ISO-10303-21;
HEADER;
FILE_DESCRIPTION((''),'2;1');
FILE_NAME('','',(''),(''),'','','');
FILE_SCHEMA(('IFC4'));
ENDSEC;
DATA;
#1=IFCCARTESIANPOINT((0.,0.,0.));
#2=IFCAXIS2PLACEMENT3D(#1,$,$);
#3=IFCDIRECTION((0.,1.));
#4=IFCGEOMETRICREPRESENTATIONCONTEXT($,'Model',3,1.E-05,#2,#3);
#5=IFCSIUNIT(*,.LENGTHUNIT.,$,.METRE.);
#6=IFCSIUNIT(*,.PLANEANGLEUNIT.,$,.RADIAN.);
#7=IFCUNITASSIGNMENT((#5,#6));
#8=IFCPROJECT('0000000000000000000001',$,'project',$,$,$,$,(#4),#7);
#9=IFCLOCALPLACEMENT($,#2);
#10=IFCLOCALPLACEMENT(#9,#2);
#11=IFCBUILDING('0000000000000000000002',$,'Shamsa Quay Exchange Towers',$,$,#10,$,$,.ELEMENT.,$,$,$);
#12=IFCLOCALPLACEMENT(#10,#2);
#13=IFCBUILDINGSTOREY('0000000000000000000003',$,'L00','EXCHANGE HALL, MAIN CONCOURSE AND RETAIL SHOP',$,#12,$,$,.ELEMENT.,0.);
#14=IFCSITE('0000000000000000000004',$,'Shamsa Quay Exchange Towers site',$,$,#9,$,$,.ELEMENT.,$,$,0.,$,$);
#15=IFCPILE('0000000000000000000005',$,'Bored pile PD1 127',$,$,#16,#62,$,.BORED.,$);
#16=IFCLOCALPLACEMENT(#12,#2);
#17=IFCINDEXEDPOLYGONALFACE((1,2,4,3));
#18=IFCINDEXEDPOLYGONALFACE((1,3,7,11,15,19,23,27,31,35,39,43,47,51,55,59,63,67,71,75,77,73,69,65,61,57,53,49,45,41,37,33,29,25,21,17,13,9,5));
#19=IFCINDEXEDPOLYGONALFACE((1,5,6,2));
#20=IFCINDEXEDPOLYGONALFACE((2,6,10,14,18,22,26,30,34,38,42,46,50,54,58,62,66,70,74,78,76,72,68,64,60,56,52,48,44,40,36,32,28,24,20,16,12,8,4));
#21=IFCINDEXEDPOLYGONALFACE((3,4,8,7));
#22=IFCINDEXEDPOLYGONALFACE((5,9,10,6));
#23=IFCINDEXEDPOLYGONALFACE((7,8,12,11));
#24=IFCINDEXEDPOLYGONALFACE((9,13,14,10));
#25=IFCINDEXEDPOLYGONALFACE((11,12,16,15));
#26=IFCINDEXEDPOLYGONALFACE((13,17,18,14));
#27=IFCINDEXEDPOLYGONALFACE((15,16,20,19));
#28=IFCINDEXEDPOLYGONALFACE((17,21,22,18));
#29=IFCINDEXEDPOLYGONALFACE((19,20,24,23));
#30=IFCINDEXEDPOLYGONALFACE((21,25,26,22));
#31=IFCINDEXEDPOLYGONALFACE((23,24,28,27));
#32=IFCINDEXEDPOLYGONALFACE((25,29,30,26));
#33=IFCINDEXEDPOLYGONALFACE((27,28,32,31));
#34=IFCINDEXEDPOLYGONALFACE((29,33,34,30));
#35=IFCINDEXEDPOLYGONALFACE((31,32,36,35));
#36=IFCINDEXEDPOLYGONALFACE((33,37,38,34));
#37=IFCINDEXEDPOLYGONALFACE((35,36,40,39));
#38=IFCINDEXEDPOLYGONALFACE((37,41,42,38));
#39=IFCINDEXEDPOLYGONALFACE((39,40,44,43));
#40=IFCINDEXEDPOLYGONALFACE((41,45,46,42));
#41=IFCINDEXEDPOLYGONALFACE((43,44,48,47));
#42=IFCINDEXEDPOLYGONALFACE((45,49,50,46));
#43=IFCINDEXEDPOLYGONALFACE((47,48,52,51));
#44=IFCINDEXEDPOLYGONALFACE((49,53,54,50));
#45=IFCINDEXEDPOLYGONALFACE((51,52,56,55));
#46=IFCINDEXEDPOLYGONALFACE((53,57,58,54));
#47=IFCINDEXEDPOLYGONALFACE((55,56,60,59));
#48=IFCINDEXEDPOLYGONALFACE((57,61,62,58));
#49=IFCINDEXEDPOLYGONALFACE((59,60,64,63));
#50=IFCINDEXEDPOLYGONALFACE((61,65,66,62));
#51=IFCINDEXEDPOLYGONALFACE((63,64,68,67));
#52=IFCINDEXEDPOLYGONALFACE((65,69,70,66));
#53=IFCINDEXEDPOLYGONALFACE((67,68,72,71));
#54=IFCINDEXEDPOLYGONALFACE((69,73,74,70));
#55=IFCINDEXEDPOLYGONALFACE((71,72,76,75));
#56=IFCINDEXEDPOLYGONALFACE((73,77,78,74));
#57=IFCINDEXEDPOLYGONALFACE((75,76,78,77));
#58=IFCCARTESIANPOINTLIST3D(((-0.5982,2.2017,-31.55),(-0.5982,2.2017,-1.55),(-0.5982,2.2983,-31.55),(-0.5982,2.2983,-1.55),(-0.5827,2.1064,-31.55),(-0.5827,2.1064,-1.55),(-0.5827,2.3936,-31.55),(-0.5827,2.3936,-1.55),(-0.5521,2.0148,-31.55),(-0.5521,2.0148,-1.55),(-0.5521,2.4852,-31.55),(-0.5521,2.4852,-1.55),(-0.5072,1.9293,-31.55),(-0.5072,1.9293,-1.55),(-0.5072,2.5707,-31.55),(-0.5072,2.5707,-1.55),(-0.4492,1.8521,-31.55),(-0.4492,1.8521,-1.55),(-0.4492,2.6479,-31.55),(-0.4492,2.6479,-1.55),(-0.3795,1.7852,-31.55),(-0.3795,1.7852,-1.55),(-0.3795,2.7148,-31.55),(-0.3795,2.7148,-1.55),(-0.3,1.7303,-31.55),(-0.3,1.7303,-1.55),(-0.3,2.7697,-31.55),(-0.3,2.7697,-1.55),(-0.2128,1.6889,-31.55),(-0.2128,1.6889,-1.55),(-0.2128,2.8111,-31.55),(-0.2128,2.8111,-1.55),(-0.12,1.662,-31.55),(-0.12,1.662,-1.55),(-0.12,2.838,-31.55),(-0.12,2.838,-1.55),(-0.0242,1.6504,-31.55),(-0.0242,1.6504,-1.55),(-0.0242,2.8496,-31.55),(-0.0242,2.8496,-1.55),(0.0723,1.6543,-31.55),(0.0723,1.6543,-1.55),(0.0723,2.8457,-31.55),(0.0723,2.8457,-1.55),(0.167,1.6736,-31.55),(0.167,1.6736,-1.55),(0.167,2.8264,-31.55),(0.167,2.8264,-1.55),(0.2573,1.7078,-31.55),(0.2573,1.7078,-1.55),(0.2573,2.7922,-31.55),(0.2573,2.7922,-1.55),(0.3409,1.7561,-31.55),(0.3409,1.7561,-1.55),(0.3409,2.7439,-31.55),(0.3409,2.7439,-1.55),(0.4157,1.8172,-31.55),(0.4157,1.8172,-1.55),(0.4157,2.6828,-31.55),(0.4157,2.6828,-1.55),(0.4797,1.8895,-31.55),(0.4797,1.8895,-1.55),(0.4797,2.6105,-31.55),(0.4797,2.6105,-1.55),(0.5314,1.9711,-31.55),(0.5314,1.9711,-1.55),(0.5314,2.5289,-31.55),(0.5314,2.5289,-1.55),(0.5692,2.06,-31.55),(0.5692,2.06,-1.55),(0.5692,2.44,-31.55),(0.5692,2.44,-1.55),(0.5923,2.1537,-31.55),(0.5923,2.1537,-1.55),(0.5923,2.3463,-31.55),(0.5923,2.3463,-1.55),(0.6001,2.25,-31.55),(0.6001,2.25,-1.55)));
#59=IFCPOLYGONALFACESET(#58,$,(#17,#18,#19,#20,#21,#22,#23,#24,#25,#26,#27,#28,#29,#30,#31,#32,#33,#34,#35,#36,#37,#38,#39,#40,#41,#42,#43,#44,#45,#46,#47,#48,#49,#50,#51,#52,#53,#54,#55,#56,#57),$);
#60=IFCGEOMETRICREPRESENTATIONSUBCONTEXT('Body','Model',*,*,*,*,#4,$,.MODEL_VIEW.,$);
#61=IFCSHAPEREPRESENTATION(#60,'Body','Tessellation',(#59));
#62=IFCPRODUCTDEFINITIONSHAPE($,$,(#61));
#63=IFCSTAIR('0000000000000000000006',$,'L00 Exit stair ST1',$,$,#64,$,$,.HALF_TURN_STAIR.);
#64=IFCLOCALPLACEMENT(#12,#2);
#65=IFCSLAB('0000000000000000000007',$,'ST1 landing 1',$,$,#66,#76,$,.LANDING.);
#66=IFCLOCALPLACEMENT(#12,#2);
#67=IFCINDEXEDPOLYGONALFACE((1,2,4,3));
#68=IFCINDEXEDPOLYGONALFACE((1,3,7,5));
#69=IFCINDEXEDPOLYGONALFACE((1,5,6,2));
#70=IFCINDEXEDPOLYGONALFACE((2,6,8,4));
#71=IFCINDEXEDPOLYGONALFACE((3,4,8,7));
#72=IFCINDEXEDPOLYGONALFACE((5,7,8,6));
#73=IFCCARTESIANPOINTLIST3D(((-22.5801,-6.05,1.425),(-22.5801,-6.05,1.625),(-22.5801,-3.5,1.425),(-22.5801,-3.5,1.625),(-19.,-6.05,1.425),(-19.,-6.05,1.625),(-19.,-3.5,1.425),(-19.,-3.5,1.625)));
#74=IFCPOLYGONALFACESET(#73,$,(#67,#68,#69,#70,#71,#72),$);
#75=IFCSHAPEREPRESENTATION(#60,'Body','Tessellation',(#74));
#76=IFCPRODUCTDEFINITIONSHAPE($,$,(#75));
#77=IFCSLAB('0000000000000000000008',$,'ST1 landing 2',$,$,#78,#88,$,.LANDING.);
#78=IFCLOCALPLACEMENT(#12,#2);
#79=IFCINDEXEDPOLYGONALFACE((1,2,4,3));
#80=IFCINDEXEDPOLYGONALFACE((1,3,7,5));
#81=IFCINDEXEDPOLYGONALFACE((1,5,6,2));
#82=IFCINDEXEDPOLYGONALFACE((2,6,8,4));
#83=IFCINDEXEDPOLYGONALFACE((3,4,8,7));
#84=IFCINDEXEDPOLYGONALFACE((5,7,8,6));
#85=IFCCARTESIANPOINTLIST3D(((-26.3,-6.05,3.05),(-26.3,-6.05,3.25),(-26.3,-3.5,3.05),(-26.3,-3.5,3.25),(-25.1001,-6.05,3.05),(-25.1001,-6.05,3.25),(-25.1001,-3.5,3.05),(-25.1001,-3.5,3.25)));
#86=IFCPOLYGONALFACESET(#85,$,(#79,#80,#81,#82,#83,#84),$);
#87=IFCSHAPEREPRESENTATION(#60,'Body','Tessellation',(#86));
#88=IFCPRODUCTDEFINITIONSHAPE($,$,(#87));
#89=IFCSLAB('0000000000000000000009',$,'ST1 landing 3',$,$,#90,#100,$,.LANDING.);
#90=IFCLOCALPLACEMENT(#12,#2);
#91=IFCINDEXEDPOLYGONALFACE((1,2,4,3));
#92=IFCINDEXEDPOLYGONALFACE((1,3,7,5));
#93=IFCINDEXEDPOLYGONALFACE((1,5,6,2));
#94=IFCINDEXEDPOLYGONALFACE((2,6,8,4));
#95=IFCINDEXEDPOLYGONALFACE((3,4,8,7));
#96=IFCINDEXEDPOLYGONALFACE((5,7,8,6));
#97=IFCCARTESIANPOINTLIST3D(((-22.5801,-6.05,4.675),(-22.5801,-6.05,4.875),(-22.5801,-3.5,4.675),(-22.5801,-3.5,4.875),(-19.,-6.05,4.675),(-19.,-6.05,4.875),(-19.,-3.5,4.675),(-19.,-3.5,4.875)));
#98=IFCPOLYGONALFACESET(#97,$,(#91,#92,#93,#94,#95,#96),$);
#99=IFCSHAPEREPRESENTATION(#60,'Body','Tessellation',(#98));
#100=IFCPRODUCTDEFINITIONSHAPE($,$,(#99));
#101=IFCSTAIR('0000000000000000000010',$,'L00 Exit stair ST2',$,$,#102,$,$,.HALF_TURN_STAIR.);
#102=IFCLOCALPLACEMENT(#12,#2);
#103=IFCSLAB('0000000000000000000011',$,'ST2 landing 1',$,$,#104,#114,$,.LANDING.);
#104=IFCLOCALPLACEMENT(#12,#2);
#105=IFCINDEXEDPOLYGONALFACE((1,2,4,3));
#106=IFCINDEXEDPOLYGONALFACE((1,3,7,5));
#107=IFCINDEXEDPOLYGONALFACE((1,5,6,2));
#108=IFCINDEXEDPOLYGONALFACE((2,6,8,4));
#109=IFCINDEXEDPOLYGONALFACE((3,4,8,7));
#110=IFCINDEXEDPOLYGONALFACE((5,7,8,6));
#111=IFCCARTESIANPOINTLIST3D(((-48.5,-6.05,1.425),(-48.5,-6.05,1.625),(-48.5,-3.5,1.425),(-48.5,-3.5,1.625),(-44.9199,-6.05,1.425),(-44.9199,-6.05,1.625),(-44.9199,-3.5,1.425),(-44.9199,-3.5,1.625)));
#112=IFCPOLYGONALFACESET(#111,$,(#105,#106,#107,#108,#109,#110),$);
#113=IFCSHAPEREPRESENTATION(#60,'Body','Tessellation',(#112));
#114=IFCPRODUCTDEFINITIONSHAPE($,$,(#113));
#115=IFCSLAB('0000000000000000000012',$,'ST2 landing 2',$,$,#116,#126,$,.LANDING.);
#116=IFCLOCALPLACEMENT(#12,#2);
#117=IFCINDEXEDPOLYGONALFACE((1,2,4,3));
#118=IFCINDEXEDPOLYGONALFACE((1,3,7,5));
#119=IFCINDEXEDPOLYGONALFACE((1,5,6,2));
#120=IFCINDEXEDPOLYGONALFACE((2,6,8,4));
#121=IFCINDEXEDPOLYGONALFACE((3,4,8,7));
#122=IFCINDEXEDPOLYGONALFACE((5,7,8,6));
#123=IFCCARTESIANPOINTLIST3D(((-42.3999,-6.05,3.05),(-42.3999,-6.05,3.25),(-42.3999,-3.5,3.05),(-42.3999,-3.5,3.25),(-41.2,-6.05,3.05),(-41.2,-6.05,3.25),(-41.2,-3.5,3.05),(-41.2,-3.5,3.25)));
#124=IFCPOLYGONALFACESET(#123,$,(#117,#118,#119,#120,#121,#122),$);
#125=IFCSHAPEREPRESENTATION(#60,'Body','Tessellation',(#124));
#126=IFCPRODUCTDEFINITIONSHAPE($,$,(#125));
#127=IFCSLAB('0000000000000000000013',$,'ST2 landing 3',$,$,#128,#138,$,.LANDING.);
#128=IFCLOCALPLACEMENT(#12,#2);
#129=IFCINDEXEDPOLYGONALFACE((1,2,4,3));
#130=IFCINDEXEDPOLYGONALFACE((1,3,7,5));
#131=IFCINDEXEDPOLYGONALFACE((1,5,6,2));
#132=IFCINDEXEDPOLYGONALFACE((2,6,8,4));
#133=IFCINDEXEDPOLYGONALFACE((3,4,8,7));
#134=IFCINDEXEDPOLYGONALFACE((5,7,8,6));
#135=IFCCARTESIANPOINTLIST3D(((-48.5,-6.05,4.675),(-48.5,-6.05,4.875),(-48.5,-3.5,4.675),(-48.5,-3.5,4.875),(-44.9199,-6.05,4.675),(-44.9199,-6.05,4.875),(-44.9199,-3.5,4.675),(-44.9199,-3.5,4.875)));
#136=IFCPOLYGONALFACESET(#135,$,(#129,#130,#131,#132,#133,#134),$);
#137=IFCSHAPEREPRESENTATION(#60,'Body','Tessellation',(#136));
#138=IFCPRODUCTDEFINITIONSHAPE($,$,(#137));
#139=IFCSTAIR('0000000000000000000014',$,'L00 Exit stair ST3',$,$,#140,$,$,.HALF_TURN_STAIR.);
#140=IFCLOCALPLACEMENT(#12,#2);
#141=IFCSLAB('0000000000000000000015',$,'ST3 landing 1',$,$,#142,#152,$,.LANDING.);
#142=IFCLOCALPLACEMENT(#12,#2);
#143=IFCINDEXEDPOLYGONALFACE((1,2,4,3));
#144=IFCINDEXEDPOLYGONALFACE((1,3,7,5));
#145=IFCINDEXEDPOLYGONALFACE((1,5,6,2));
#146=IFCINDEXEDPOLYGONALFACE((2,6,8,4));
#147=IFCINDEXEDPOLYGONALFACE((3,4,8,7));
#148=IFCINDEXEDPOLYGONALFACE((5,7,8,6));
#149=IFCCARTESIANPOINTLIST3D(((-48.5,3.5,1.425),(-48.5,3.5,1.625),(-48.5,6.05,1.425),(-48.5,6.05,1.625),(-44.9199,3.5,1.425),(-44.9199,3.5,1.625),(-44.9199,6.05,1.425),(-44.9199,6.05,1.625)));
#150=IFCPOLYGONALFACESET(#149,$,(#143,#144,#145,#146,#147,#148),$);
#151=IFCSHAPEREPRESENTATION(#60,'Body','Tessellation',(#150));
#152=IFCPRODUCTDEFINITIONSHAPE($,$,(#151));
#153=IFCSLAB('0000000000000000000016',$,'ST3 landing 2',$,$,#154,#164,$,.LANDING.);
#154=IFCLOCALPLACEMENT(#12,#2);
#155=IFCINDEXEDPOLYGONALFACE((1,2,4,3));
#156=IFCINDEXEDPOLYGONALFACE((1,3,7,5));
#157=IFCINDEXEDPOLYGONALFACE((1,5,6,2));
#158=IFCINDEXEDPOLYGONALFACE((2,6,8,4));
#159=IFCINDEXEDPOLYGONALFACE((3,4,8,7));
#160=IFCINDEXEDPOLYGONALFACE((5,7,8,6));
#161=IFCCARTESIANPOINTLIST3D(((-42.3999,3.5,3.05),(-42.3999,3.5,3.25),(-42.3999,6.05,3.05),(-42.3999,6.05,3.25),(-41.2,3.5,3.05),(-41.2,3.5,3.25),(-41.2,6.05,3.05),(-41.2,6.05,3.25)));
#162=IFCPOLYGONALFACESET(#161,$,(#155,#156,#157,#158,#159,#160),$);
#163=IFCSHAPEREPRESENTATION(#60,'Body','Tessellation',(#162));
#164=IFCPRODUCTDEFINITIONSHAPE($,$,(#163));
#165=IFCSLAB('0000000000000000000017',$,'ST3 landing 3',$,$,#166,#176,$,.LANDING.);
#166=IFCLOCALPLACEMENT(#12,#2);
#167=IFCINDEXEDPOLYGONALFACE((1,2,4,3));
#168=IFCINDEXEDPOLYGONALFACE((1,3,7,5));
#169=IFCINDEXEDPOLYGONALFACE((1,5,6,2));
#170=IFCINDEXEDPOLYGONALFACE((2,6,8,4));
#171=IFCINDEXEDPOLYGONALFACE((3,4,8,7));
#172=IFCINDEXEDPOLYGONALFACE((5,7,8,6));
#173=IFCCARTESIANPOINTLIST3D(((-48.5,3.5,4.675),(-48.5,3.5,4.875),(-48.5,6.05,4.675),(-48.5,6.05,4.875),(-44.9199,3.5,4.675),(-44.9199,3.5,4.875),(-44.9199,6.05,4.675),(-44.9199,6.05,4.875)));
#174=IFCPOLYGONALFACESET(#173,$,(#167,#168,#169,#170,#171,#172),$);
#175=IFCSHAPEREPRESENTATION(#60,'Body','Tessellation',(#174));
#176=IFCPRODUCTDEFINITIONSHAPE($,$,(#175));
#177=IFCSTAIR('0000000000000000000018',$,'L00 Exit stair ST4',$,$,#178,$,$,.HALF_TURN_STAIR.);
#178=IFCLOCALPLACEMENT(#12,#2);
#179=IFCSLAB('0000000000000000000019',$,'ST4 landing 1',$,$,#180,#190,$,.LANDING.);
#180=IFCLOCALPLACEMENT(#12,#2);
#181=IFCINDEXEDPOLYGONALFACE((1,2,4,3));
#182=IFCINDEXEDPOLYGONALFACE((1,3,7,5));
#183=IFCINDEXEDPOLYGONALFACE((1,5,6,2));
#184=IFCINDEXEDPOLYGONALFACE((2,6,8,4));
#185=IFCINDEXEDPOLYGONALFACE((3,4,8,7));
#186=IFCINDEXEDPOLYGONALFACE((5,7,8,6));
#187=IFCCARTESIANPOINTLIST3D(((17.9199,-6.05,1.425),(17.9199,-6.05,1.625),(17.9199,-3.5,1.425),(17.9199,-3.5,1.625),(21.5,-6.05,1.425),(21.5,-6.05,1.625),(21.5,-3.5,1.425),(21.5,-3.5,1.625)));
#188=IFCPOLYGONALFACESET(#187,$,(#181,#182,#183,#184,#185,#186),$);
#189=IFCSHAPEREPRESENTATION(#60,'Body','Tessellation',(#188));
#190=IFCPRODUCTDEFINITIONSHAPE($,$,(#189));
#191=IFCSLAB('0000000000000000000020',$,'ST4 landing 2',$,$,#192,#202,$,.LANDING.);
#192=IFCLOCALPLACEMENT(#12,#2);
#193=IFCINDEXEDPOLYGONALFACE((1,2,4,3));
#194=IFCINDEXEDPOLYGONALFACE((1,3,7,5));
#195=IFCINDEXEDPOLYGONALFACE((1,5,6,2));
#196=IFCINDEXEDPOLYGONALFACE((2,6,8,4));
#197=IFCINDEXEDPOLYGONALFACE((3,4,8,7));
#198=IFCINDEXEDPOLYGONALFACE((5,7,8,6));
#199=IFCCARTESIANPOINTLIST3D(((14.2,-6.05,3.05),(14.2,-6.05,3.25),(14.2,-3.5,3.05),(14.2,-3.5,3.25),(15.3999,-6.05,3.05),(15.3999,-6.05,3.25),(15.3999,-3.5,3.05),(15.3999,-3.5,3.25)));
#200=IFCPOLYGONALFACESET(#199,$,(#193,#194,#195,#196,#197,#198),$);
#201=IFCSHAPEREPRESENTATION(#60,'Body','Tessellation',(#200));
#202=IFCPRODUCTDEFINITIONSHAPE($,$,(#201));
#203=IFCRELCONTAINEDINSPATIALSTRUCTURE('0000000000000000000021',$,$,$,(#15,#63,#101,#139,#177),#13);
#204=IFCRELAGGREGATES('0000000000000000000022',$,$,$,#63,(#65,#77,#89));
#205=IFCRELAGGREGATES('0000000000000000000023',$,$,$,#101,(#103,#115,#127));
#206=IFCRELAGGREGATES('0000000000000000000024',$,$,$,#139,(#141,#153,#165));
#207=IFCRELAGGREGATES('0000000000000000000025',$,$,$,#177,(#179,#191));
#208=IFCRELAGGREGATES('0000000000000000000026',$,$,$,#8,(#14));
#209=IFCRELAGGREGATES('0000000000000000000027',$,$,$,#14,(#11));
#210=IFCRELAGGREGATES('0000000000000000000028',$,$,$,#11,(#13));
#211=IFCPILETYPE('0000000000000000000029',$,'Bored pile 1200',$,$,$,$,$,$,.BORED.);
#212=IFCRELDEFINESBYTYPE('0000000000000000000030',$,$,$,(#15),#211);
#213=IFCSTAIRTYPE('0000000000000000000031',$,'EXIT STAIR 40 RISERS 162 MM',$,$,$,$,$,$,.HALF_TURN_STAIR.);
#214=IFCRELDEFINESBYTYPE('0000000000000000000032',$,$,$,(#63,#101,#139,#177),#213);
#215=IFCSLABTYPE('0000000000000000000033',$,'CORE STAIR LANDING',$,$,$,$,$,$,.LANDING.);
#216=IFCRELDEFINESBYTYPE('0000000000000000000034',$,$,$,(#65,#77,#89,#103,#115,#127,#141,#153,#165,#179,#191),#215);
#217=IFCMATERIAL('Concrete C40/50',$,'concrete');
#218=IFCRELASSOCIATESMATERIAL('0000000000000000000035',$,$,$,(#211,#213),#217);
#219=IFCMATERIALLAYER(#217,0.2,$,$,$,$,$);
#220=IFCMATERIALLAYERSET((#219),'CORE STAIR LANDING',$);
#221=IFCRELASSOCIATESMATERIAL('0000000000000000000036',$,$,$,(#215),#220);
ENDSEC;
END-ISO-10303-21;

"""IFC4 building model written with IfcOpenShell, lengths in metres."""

from ifc_helpers import new_model, si_unit, direction, frame, origin, origin_2d, place, context, subcontext, project, spatial, polyline, circle, outline, extrude, material, layer, layer_set, material_profile, profile_set, type_object, element, aggregate, save


model = new_model("IFC4")

# Units and contexts
model_context = context("Model", 3, precision=1e-05, world=origin(), true_north=direction((0.0, 1.0)))
body_context = subcontext(model_context, "Body", "Model", "MODEL_VIEW")
ifc_project = project(units=[si_unit("LENGTHUNIT", "METRE"), si_unit("PLANEANGLEUNIT", "RADIAN")], contexts=[model_context])

# Site, building, storey
site_placement = place(None, origin())
site = spatial("IfcSite", under=ifc_project, at=site_placement, Name="Shamsa Quay Exchange Towers site", CompositionType="ELEMENT", RefElevation=0.0)
building_placement = place(site_placement, origin())
building = spatial("IfcBuilding", under=site, at=building_placement, Name="Shamsa Quay Exchange Towers", CompositionType="ELEMENT")
storey_placement = place(building_placement, origin())
storey = spatial("IfcBuildingStorey", under=building, at=storey_placement, Name="L00", Description="EXCHANGE HALL, MAIN CONCOURSE AND RETAIL SHOP", CompositionType="ELEMENT", Elevation=0.0)

# Pile
ifc_material_1 = material(Name="Concrete C40/50", Category="concrete")
ifc_material_profile = material_profile(ifc_material_1, circle(Radius=0.6001, at=origin_2d()), Name="BP1200")
ifc_profile_set = profile_set([ifc_material_profile], Name="Concrete C40/50")
pile_type = type_object("IfcPileType", Name="Bored pile 1200", PredefinedType="BORED", material=ifc_profile_set)
pile_placement = place(storey_placement, frame((0.0, 2.25, -1.55), z_axis=(0.0, 0.0, -1.0), x_axis=(1.0, 0.0, 0.0)))
element("IfcPile", 1, at=pile_placement, inside=storey, type_object=pile_type, Name="Bored pile PD1 127", PredefinedType="BORED", context=body_context, shape_type="SweptSolid", body=[
    extrude(circle(Radius=0.6001, at=origin_2d()), origin(), (0.0, 0.0, 1.0), 30.0),
])

# Stairs, slabs
stair_type_1 = type_object("IfcStairType", Name="EXIT STAIR 40 RISERS 162 MM", PredefinedType="HALF_TURN_STAIR", material=ifc_material_1)
stair_1_placement = place(storey_placement, origin())
stair_1 = element("IfcStair", 2, at=stair_1_placement, inside=storey, type_object=stair_type_1, Name="L00 Exit stair ST1", PredefinedType="HALF_TURN_STAIR")
ifc_layer_1 = layer(ifc_material_1, 0.2)
ifc_layer_set_1 = layer_set([ifc_layer_1], Name="CORE STAIR LANDING")
slab_type_1 = type_object("IfcSlabType", Name="CORE STAIR LANDING", PredefinedType="LANDING", material=ifc_layer_set_1)
slab_1_placement = place(storey_placement, frame((0.0, 0.0, 1.425)))
slab_1 = element("IfcSlab", 3, at=slab_1_placement, type_object=slab_type_1, Name="ST1 landing 1", PredefinedType="LANDING", context=body_context, shape_type="SweptSolid", body=[
    extrude(outline(polyline([(-22.5801, -6.05), (-19.0, -6.05), (-19.0, -3.5), (-22.5801, -3.5), (-22.5801, -6.05)])), origin(), (0.0, 0.0, 1.0), 0.2),
])
slab_2_placement = place(storey_placement, frame((0.0, 0.0, 3.05)))
slab_2 = element("IfcSlab", 4, at=slab_2_placement, type_object=slab_type_1, Name="ST1 landing 2", PredefinedType="LANDING", context=body_context, shape_type="SweptSolid", body=[
    extrude(outline(polyline([(-26.3, -6.05), (-25.1001, -6.05), (-25.1001, -3.5), (-26.3, -3.5), (-26.3, -6.05)])), origin(), (0.0, 0.0, 1.0), 0.2),
])
slab_3_placement = place(storey_placement, frame((0.0, 0.0, 4.675)))
slab_3 = element("IfcSlab", 5, at=slab_3_placement, type_object=slab_type_1, Name="ST1 landing 3", PredefinedType="LANDING", context=body_context, shape_type="SweptSolid", body=[
    extrude(outline(polyline([(-22.5801, -6.05), (-19.0, -6.05), (-19.0, -3.5), (-22.5801, -3.5), (-22.5801, -6.05)])), origin(), (0.0, 0.0, 1.0), 0.2),
])
aggregate(stair_1, [slab_1, slab_2, slab_3])
stair_2_placement = place(storey_placement, origin())
stair_2 = element("IfcStair", 6, at=stair_2_placement, inside=storey, type_object=stair_type_1, Name="L00 Exit stair ST2", PredefinedType="HALF_TURN_STAIR")
slab_4_placement = place(storey_placement, frame((0.0, 0.0, 1.425)))
slab_4 = element("IfcSlab", 7, at=slab_4_placement, type_object=slab_type_1, Name="ST2 landing 1", PredefinedType="LANDING", context=body_context, shape_type="SweptSolid", body=[
    extrude(outline(polyline([(-44.9199, -3.5), (-48.5, -3.5), (-48.5, -6.05), (-44.9199, -6.05), (-44.9199, -3.5)])), origin(), (0.0, 0.0, 1.0), 0.2),
])
slab_5_placement = place(storey_placement, frame((0.0, 0.0, 3.05)))
slab_5 = element("IfcSlab", 8, at=slab_5_placement, type_object=slab_type_1, Name="ST2 landing 2", PredefinedType="LANDING", context=body_context, shape_type="SweptSolid", body=[
    extrude(outline(polyline([(-41.2, -3.5), (-42.3999, -3.5), (-42.3999, -6.05), (-41.2, -6.05), (-41.2, -3.5)])), origin(), (0.0, 0.0, 1.0), 0.2),
])
slab_6_placement = place(storey_placement, frame((0.0, 0.0, 4.675)))
slab_6 = element("IfcSlab", 9, at=slab_6_placement, type_object=slab_type_1, Name="ST2 landing 3", PredefinedType="LANDING", context=body_context, shape_type="SweptSolid", body=[
    extrude(outline(polyline([(-44.9199, -3.5), (-48.5, -3.5), (-48.5, -6.05), (-44.9199, -6.05), (-44.9199, -3.5)])), origin(), (0.0, 0.0, 1.0), 0.2),
])
aggregate(stair_2, [slab_4, slab_5, slab_6])
stair_3_placement = place(storey_placement, origin())
stair_3 = element("IfcStair", 10, at=stair_3_placement, inside=storey, type_object=stair_type_1, Name="L00 Exit stair ST3", PredefinedType="HALF_TURN_STAIR")
slab_7_placement = place(storey_placement, frame((0.0, 0.0, 1.425)))
slab_7 = element("IfcSlab", 11, at=slab_7_placement, type_object=slab_type_1, Name="ST3 landing 1", PredefinedType="LANDING", context=body_context, shape_type="SweptSolid", body=[
    extrude(outline(polyline([(-44.9199, 6.05), (-48.5, 6.05), (-48.5, 3.5), (-44.9199, 3.5), (-44.9199, 6.05)])), origin(), (0.0, 0.0, 1.0), 0.2),
])
slab_8_placement = place(storey_placement, frame((0.0, 0.0, 3.05)))
slab_8 = element("IfcSlab", 12, at=slab_8_placement, type_object=slab_type_1, Name="ST3 landing 2", PredefinedType="LANDING", context=body_context, shape_type="SweptSolid", body=[
    extrude(outline(polyline([(-41.2, 6.05), (-42.3999, 6.05), (-42.3999, 3.5), (-41.2, 3.5), (-41.2, 6.05)])), origin(), (0.0, 0.0, 1.0), 0.2),
])
slab_9_placement = place(storey_placement, frame((0.0, 0.0, 4.675)))
slab_9 = element("IfcSlab", 13, at=slab_9_placement, type_object=slab_type_1, Name="ST3 landing 3", PredefinedType="LANDING", context=body_context, shape_type="SweptSolid", body=[
    extrude(outline(polyline([(-44.9199, 6.05), (-48.5, 6.05), (-48.5, 3.5), (-44.9199, 3.5), (-44.9199, 6.05)])), origin(), (0.0, 0.0, 1.0), 0.2),
])
aggregate(stair_3, [slab_7, slab_8, slab_9])
stair_4_placement = place(storey_placement, origin())
stair_4 = element("IfcStair", 14, at=stair_4_placement, inside=storey, type_object=stair_type_1, Name="L00 Exit stair ST4", PredefinedType="HALF_TURN_STAIR")
slab_10_placement = place(storey_placement, frame((0.0, 0.0, 1.425)))
slab_10 = element("IfcSlab", 15, at=slab_10_placement, type_object=slab_type_1, Name="ST4 landing 1", PredefinedType="LANDING", context=body_context, shape_type="SweptSolid", body=[
    extrude(outline(polyline([(17.9199, -6.05), (21.5, -6.05), (21.5, -3.5), (17.9199, -3.5), (17.9199, -6.05)])), origin(), (0.0, 0.0, 1.0), 0.2),
])
slab_11_placement = place(storey_placement, frame((0.0, 0.0, 3.05)))
slab_11 = element("IfcSlab", 16, at=slab_11_placement, type_object=slab_type_1, Name="ST4 landing 2", PredefinedType="LANDING", context=body_context, shape_type="SweptSolid", body=[
    extrude(outline(polyline([(14.2, -6.05), (15.3999, -6.05), (15.3999, -3.5), (14.2, -3.5), (14.2, -6.05)])), origin(), (0.0, 0.0, 1.0), 0.2),
])
aggregate(stair_4, [slab_10, slab_11])

save(model, "model.ifc")
